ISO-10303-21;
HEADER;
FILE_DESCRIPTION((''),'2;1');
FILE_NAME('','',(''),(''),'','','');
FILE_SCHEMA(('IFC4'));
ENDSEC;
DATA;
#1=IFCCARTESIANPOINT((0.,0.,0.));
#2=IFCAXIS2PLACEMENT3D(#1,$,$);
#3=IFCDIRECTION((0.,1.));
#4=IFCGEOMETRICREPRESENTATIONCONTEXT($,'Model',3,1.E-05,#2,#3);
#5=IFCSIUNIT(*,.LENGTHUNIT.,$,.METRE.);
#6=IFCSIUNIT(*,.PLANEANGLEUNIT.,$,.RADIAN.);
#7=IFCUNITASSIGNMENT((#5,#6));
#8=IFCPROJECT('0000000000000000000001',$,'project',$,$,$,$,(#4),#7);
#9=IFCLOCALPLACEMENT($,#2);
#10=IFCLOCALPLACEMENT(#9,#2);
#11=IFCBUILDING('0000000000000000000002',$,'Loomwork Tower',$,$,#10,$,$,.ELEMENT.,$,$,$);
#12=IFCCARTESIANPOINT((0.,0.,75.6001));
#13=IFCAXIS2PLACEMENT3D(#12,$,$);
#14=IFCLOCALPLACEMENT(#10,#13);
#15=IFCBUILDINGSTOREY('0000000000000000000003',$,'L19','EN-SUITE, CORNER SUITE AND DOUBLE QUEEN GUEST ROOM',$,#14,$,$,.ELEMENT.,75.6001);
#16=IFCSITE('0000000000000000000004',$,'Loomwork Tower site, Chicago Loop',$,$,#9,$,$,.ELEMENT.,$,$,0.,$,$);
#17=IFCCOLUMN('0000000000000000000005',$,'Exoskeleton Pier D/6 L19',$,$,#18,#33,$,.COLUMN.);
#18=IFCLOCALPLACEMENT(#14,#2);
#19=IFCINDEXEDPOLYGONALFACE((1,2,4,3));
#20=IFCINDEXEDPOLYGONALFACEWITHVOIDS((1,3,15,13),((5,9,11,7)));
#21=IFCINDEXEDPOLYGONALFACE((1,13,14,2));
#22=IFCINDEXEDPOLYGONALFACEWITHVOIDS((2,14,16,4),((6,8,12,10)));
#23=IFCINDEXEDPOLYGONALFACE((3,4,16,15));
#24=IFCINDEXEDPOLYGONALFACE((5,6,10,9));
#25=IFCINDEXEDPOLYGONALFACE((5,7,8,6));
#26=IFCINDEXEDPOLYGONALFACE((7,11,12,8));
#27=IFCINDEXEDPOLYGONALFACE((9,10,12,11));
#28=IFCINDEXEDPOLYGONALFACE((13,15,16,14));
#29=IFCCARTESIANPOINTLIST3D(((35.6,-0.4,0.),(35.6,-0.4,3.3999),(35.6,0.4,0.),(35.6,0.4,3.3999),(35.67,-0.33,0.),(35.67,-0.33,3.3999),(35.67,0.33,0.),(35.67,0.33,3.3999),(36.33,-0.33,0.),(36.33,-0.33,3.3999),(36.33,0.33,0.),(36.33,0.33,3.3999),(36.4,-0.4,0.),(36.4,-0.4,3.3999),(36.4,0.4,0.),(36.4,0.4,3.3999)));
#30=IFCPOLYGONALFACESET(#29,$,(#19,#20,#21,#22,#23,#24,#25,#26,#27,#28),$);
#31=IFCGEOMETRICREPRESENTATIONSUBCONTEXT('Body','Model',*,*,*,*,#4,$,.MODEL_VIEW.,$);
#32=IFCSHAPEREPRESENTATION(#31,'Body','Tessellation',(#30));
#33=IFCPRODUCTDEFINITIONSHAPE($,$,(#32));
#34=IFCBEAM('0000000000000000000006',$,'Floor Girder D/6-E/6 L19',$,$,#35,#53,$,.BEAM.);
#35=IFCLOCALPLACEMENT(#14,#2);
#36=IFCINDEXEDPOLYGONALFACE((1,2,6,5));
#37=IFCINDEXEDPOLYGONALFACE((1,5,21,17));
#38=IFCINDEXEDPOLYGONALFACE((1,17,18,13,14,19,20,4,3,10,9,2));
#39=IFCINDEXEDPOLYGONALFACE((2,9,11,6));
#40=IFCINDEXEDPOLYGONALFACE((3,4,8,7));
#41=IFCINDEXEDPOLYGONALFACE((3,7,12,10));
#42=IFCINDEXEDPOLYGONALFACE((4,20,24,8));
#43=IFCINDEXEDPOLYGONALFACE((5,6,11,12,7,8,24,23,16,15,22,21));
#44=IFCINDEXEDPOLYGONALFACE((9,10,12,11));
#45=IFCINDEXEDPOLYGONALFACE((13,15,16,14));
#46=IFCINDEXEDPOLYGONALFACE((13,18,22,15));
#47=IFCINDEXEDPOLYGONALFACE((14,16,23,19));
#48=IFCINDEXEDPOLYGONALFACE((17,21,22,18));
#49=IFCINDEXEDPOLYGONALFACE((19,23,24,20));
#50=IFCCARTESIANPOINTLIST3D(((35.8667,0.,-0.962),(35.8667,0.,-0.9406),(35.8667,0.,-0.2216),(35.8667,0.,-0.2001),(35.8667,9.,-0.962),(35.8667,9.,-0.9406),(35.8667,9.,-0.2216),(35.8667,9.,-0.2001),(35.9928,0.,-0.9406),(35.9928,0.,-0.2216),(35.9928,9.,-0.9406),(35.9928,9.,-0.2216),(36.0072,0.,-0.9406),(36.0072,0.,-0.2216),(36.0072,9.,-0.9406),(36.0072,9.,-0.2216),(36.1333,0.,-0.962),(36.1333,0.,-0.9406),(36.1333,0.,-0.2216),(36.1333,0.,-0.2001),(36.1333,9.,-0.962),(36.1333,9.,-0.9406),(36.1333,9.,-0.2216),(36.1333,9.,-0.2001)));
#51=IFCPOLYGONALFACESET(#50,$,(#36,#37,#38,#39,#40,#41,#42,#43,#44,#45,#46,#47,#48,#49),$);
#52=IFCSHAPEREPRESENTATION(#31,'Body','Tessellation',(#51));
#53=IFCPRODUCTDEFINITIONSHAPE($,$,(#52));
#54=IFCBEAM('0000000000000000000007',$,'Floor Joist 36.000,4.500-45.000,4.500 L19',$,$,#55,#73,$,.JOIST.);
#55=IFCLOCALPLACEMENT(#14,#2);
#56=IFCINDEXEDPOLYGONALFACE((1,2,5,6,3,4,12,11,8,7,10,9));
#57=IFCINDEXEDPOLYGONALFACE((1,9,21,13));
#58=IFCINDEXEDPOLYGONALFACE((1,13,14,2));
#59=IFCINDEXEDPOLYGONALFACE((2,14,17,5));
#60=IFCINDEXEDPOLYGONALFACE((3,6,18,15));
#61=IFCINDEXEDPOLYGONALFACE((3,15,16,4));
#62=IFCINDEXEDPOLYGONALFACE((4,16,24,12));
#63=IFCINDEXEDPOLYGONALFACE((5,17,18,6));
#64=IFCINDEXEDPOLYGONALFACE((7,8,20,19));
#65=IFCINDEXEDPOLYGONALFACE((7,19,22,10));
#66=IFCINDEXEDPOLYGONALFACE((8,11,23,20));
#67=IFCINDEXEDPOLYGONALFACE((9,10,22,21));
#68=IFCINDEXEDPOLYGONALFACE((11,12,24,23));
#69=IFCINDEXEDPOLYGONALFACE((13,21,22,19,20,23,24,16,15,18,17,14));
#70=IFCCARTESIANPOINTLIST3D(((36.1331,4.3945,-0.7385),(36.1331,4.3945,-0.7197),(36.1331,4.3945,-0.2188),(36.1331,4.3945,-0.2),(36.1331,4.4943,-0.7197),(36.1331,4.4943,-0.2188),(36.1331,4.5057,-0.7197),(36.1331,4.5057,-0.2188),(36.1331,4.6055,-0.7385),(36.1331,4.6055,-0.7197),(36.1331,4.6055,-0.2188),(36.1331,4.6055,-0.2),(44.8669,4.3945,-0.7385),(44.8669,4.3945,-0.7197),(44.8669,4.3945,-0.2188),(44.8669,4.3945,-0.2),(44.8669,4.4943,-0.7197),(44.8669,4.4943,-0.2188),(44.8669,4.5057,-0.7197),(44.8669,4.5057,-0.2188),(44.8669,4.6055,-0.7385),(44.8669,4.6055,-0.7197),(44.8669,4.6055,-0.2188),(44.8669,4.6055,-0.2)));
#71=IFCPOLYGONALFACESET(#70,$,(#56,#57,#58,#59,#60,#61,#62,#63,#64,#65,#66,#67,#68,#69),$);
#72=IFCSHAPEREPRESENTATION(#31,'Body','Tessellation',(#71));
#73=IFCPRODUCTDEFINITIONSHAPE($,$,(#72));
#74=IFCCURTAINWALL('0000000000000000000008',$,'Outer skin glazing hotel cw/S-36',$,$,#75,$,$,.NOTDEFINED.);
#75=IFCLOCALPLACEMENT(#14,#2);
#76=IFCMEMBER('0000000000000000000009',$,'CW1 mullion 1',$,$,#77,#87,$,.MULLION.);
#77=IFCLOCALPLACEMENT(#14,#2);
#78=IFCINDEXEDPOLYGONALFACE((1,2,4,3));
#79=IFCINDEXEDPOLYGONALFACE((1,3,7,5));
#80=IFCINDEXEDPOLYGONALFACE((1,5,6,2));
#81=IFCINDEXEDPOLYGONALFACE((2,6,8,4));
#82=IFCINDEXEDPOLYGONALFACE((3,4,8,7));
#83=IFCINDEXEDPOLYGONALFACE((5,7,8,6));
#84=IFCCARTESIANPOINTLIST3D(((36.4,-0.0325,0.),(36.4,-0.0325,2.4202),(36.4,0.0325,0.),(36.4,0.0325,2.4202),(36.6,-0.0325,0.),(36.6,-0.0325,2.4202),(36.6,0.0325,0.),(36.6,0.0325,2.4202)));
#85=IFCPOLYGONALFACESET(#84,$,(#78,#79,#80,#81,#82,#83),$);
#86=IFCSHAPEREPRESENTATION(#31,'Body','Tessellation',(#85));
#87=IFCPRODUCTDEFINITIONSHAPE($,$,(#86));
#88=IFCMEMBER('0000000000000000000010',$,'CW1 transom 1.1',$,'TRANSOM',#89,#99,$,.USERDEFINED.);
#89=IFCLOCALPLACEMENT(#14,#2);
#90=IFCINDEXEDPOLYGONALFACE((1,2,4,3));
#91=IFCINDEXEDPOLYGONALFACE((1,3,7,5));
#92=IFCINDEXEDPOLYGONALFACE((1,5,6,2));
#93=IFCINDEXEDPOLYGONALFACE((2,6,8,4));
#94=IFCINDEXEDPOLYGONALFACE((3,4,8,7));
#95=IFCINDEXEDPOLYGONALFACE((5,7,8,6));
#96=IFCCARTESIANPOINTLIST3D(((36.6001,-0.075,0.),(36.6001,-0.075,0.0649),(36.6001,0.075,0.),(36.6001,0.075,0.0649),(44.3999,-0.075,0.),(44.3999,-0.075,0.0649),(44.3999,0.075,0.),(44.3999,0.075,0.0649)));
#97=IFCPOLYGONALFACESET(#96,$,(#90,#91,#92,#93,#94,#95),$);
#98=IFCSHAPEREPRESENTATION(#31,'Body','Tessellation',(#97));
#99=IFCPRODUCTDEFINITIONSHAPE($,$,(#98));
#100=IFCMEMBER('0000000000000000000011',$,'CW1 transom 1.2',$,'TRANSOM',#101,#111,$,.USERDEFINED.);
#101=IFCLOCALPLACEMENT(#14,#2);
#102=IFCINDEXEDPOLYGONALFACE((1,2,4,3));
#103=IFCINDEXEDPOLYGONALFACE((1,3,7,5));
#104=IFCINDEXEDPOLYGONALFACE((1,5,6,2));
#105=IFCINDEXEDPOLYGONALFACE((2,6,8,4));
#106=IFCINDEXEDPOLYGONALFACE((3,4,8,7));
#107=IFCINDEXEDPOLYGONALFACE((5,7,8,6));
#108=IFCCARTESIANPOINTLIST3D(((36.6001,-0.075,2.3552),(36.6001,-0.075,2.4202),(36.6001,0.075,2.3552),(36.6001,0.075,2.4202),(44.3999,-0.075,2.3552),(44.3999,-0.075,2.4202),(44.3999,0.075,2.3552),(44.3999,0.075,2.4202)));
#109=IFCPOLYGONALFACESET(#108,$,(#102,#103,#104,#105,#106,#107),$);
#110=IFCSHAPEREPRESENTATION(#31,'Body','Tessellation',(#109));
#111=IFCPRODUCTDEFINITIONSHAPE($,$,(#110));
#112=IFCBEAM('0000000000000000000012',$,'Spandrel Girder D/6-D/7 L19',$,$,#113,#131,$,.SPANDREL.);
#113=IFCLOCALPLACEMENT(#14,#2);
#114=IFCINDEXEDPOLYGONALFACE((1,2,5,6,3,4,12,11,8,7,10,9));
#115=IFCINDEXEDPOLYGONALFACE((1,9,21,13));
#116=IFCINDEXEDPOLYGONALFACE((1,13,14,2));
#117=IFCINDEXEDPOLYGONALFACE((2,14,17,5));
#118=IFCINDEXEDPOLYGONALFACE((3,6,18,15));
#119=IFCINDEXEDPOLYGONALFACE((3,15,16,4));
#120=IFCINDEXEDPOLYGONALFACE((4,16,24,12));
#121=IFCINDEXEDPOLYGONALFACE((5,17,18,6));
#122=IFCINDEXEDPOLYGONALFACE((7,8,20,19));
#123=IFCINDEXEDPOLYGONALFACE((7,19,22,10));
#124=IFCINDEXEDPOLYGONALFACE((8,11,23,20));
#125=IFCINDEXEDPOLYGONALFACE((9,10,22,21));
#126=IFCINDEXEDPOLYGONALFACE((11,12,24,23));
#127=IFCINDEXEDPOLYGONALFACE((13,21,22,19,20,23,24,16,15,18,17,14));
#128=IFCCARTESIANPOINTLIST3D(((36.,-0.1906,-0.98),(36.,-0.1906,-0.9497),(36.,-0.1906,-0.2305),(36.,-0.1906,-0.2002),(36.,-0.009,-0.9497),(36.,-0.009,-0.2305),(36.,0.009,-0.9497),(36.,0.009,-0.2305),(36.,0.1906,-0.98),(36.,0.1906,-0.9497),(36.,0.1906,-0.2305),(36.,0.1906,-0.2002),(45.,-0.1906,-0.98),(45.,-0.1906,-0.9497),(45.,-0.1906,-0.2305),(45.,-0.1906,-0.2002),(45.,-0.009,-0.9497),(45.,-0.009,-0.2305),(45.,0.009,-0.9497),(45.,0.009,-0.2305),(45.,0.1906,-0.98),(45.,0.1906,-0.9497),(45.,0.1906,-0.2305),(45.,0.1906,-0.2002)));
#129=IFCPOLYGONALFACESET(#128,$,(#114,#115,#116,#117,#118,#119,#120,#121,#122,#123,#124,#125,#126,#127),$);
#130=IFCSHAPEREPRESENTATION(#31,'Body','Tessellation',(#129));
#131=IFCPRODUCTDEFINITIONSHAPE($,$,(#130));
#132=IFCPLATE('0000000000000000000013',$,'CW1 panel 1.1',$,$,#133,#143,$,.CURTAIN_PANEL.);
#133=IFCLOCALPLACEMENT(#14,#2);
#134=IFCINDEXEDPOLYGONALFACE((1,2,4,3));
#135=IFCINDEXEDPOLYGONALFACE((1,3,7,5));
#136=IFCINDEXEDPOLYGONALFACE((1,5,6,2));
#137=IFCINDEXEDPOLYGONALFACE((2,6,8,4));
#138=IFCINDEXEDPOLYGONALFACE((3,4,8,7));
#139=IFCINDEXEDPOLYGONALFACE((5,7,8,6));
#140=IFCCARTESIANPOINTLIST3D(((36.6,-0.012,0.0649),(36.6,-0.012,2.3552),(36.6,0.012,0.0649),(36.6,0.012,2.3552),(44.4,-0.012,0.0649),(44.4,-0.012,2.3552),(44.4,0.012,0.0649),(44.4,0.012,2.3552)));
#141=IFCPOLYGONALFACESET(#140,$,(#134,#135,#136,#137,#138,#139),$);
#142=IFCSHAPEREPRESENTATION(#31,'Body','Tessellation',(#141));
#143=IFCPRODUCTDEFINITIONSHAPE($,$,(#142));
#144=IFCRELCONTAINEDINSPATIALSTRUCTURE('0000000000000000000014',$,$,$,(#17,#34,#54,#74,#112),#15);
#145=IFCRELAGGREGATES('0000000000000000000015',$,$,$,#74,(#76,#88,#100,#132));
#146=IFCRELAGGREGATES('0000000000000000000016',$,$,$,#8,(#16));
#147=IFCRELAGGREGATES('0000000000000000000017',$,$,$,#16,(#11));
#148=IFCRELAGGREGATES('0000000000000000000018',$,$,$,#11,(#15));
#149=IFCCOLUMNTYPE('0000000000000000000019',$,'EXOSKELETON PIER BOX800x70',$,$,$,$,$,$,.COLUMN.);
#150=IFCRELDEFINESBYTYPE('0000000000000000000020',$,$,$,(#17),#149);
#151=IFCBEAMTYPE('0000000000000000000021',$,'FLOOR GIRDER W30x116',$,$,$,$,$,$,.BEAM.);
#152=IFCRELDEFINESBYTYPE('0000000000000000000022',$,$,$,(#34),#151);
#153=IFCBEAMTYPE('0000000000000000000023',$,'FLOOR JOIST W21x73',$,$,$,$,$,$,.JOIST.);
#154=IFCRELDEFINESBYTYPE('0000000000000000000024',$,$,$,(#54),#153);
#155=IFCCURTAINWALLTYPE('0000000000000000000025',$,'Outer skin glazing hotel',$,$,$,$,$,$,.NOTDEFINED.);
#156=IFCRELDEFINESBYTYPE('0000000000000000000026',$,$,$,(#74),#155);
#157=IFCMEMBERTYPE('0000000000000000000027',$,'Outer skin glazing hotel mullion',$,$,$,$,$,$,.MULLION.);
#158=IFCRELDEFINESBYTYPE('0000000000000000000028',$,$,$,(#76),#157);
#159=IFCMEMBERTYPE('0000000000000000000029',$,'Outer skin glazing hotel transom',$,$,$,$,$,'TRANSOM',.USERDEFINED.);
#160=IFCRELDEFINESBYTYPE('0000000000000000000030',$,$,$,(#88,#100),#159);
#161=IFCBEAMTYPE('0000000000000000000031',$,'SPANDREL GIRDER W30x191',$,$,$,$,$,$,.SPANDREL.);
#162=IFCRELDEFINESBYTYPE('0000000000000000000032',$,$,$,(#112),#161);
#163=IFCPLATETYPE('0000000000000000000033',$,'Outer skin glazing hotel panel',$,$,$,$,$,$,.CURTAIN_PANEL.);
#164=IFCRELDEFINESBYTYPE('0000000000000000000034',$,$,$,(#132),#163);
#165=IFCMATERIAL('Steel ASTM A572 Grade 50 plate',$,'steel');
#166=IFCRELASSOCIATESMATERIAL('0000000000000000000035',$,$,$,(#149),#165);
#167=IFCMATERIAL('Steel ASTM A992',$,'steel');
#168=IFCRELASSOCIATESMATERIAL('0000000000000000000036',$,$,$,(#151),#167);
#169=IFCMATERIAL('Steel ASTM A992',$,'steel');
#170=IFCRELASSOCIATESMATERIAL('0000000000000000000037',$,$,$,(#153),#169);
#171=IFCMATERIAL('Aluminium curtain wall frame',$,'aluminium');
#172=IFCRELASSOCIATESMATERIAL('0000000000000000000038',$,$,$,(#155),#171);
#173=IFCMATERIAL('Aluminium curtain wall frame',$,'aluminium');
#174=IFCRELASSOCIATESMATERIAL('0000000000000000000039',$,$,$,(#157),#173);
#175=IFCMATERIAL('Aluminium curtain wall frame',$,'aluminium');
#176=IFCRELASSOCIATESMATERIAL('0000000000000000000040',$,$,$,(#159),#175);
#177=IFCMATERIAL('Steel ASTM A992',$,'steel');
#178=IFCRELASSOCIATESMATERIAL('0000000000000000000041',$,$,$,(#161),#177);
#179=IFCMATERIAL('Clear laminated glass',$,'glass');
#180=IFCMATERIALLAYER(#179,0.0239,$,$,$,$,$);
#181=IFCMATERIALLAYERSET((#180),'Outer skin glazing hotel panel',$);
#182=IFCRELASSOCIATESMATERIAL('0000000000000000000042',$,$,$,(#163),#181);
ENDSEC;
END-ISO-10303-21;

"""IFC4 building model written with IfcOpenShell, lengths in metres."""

from ifc_helpers import new_model, si_unit, direction, frame, origin, origin_2d, place, context, subcontext, project, spatial, rectangle, hollow_rectangle, i_section, extrude, material, layer, layer_set, material_profile, profile_set, type_object, element, aggregate, save


model = new_model("IFC4")

# Units and contexts
model_context = context("Model", 3, precision=1e-05, world=origin(), true_north=direction((0.0, 1.0)))
body_context = subcontext(model_context, "Body", "Model", "MODEL_VIEW")
ifc_project = project(units=[si_unit("LENGTHUNIT", "METRE"), si_unit("PLANEANGLEUNIT", "RADIAN")], contexts=[model_context])

# Site, building, storey
site_placement = place(None, origin())
site = spatial("IfcSite", under=ifc_project, at=site_placement, Name="Loomwork Tower site, Chicago Loop", CompositionType="ELEMENT", RefElevation=0.0)
building_placement = place(site_placement, origin())
building = spatial("IfcBuilding", under=site, at=building_placement, Name="Loomwork Tower", CompositionType="ELEMENT")
storey_placement = place(building_placement, frame((0.0, 0.0, 75.6001)))
storey = spatial("IfcBuildingStorey", under=building, at=storey_placement, Name="L19", Description="EN-SUITE, CORNER SUITE AND DOUBLE QUEEN GUEST ROOM", CompositionType="ELEMENT", Elevation=75.6001)

# Column
ifc_material_1 = material(Name="Steel ASTM A572 Grade 50 plate", Category="steel")
ifc_material_profile_1 = material_profile(ifc_material_1, hollow_rectangle(XDim=0.8, YDim=0.8, WallThickness=0.0701, at=origin_2d()), Name="BOX800x70")
ifc_profile_set_1 = profile_set([ifc_material_profile_1], Name="Steel ASTM A572 Grade 50 plate")
column_type = type_object("IfcColumnType", Name="EXOSKELETON PIER BOX800x70", PredefinedType="COLUMN", material=ifc_profile_set_1)
column_placement = place(storey_placement, frame((36.0, 0.0, 0.0), z_axis=(0.0, 0.0, 1.0), x_axis=(1.0, 0.0, 0.0)))
element("IfcColumn", 1, at=column_placement, inside=storey, type_object=column_type, Name="Exoskeleton Pier D/6 L19", PredefinedType="COLUMN", context=body_context, shape_type="SweptSolid", body=[
    extrude(hollow_rectangle(XDim=0.8, YDim=0.8, WallThickness=0.0701, at=origin_2d()), origin(), (0.0, 0.0, 1.0), 3.3999),
])

# Beams
ifc_material_2 = material(Name="Steel ASTM A992", Category="steel")
ifc_material_profile_2 = material_profile(ifc_material_2, i_section(OverallWidth=0.2666, OverallDepth=0.762, WebThickness=0.0144, FlangeThickness=0.0215, at=origin_2d()), Name="W30x116")
ifc_profile_set_2 = profile_set([ifc_material_profile_2], Name="Steel ASTM A992")
beam_type_1 = type_object("IfcBeamType", Name="FLOOR GIRDER W30x116", PredefinedType="BEAM", material=ifc_profile_set_2)
beam_1_placement = place(storey_placement, frame((36.0, 0.0, -0.5811), z_axis=(0.0, 1.0, 0.0), x_axis=(-1.0, 0.0, 0.0)))
element("IfcBeam", 2, at=beam_1_placement, inside=storey, type_object=beam_type_1, Name="Floor Girder D/6-E/6 L19", PredefinedType="BEAM", context=body_context, shape_type="SweptSolid", body=[
    extrude(i_section(OverallWidth=0.2666, OverallDepth=0.762, WebThickness=0.0144, FlangeThickness=0.0215, at=origin_2d()), origin(), (0.0, 0.0, 1.0), 9.0),
])
ifc_material_3 = material(Name="Steel ASTM A992", Category="steel")
ifc_material_profile_3 = material_profile(ifc_material_3, i_section(OverallWidth=0.2109, OverallDepth=0.5386, WebThickness=0.0115, FlangeThickness=0.0188, at=origin_2d()), Name="W21x73")
ifc_profile_set_3 = profile_set([ifc_material_profile_3], Name="Steel ASTM A992")
beam_type_2 = type_object("IfcBeamType", Name="FLOOR JOIST W21x73", PredefinedType="JOIST", material=ifc_profile_set_3)
beam_2_placement = place(storey_placement, frame((36.1331, 4.5, -0.4692), z_axis=(1.0, 0.0, 0.0), x_axis=(0.0, 1.0, 0.0)))
element("IfcBeam", 3, at=beam_2_placement, inside=storey, type_object=beam_type_2, Name="Floor Joist 36.000,4.500-45.000,4.500 L19", PredefinedType="JOIST", context=body_context, shape_type="SweptSolid", body=[
    extrude(i_section(OverallWidth=0.2109, OverallDepth=0.5386, WebThickness=0.0115, FlangeThickness=0.0188, at=origin_2d()), origin(), (0.0, 0.0, 1.0), 8.7339),
])

# Curtain wall, members
ifc_material_4 = material(Name="Aluminium curtain wall frame", Category="aluminium")
curtain_wall_type = type_object("IfcCurtainWallType", Name="Outer skin glazing hotel", PredefinedType="NOTDEFINED", material=ifc_material_4)
curtain_wall_placement = place(storey_placement, origin())
curtain_wall = element("IfcCurtainWall", 4, at=curtain_wall_placement, inside=storey, type_object=curtain_wall_type, Name="Outer skin glazing hotel cw/S-36", PredefinedType="NOTDEFINED")
ifc_material_5 = material(Name="Aluminium curtain wall frame", Category="aluminium")
ifc_material_profile_4 = material_profile(ifc_material_5, rectangle(XDim=0.0649, YDim=0.2, at=origin_2d()), Name="AL 65x200")
ifc_profile_set_4 = profile_set([ifc_material_profile_4], Name="Aluminium curtain wall frame")
member_type_1 = type_object("IfcMemberType", Name="Outer skin glazing hotel mullion", PredefinedType="MULLION", material=ifc_profile_set_4)
member_1_placement = place(storey_placement, frame((36.5, 0.0, 0.0), z_axis=(0.0, 0.0, 1.0), x_axis=(0.0, 1.0, 0.0)))
member_1 = element("IfcMember", 5, at=member_1_placement, type_object=member_type_1, Name="CW1 mullion 1", PredefinedType="MULLION", context=body_context, shape_type="SweptSolid", body=[
    extrude(rectangle(XDim=0.0649, YDim=0.2, at=origin_2d()), origin(), (0.0, 0.0, 1.0), 2.4202),
])
ifc_material_6 = material(Name="Aluminium curtain wall frame", Category="aluminium")
ifc_material_profile_5 = material_profile(ifc_material_6, rectangle(XDim=0.1499, YDim=0.0649, at=origin_2d()), Name="AL 65x150")
ifc_profile_set_5 = profile_set([ifc_material_profile_5], Name="Aluminium curtain wall frame")
member_type_2 = type_object("IfcMemberType", Name="Outer skin glazing hotel transom", ElementType="TRANSOM", PredefinedType="USERDEFINED", material=ifc_profile_set_5)
member_2_placement = place(storey_placement, frame((36.6001, 0.0, 0.0325), z_axis=(1.0, 0.0, 0.0), x_axis=(0.0, 1.0, 0.0)))
member_2 = element("IfcMember", 6, at=member_2_placement, type_object=member_type_2, Name="CW1 transom 1.1", ObjectType="TRANSOM", PredefinedType="USERDEFINED", context=body_context, shape_type="SweptSolid", body=[
    extrude(rectangle(XDim=0.1499, YDim=0.0649, at=origin_2d()), origin(), (0.0, 0.0, 1.0), 7.7998),
])
member_3_placement = place(storey_placement, frame((36.6001, 0.0, 2.3877), z_axis=(1.0, 0.0, 0.0), x_axis=(0.0, 1.0, 0.0)))
member_3 = element("IfcMember", 7, at=member_3_placement, type_object=member_type_2, Name="CW1 transom 1.2", ObjectType="TRANSOM", PredefinedType="USERDEFINED", context=body_context, shape_type="SweptSolid", body=[
    extrude(rectangle(XDim=0.1499, YDim=0.0649, at=origin_2d()), origin(), (0.0, 0.0, 1.0), 7.7998),
])

# Beam
ifc_material_7 = material(Name="Steel ASTM A992", Category="steel")
ifc_material_profile_6 = material_profile(ifc_material_7, i_section(OverallWidth=0.3811, OverallDepth=0.7798, WebThickness=0.0181, FlangeThickness=0.0303, at=origin_2d()), Name="W30x191")
ifc_profile_set_6 = profile_set([ifc_material_profile_6], Name="Steel ASTM A992")
beam_type_3 = type_object("IfcBeamType", Name="SPANDREL GIRDER W30x191", PredefinedType="SPANDREL", material=ifc_profile_set_6)
beam_3_placement = place(storey_placement, frame((36.0, 0.0, -0.5901), z_axis=(1.0, 0.0, 0.0), x_axis=(0.0, 1.0, 0.0)))
element("IfcBeam", 8, at=beam_3_placement, inside=storey, type_object=beam_type_3, Name="Spandrel Girder D/6-D/7 L19", PredefinedType="SPANDREL", context=body_context, shape_type="SweptSolid", body=[
    extrude(i_section(OverallWidth=0.3811, OverallDepth=0.7798, WebThickness=0.0181, FlangeThickness=0.0303, at=origin_2d()), origin(), (0.0, 0.0, 1.0), 9.0),
])

# Plate
ifc_material_8 = material(Name="Clear laminated glass", Category="glass")
ifc_layer_1 = layer(ifc_material_8, 0.0239)
ifc_layer_set_1 = layer_set([ifc_layer_1], Name="Outer skin glazing hotel panel")
plate_type = type_object("IfcPlateType", Name="Outer skin glazing hotel panel", PredefinedType="CURTAIN_PANEL", material=ifc_layer_set_1)
plate_placement = place(storey_placement, frame((40.5, 0.0, 0.0649), z_axis=(0.0, 0.0, 1.0), x_axis=(1.0, 0.0, 0.0)))
plate = element("IfcPlate", 9, at=plate_placement, type_object=plate_type, Name="CW1 panel 1.1", PredefinedType="CURTAIN_PANEL", context=body_context, shape_type="SweptSolid", body=[
    extrude(rectangle(XDim=7.8, YDim=0.0239, at=origin_2d()), origin(), (0.0, 0.0, 1.0), 2.2903),
])
aggregate(curtain_wall, [member_1, member_2, member_3, plate])

save(model, "model.ifc")
